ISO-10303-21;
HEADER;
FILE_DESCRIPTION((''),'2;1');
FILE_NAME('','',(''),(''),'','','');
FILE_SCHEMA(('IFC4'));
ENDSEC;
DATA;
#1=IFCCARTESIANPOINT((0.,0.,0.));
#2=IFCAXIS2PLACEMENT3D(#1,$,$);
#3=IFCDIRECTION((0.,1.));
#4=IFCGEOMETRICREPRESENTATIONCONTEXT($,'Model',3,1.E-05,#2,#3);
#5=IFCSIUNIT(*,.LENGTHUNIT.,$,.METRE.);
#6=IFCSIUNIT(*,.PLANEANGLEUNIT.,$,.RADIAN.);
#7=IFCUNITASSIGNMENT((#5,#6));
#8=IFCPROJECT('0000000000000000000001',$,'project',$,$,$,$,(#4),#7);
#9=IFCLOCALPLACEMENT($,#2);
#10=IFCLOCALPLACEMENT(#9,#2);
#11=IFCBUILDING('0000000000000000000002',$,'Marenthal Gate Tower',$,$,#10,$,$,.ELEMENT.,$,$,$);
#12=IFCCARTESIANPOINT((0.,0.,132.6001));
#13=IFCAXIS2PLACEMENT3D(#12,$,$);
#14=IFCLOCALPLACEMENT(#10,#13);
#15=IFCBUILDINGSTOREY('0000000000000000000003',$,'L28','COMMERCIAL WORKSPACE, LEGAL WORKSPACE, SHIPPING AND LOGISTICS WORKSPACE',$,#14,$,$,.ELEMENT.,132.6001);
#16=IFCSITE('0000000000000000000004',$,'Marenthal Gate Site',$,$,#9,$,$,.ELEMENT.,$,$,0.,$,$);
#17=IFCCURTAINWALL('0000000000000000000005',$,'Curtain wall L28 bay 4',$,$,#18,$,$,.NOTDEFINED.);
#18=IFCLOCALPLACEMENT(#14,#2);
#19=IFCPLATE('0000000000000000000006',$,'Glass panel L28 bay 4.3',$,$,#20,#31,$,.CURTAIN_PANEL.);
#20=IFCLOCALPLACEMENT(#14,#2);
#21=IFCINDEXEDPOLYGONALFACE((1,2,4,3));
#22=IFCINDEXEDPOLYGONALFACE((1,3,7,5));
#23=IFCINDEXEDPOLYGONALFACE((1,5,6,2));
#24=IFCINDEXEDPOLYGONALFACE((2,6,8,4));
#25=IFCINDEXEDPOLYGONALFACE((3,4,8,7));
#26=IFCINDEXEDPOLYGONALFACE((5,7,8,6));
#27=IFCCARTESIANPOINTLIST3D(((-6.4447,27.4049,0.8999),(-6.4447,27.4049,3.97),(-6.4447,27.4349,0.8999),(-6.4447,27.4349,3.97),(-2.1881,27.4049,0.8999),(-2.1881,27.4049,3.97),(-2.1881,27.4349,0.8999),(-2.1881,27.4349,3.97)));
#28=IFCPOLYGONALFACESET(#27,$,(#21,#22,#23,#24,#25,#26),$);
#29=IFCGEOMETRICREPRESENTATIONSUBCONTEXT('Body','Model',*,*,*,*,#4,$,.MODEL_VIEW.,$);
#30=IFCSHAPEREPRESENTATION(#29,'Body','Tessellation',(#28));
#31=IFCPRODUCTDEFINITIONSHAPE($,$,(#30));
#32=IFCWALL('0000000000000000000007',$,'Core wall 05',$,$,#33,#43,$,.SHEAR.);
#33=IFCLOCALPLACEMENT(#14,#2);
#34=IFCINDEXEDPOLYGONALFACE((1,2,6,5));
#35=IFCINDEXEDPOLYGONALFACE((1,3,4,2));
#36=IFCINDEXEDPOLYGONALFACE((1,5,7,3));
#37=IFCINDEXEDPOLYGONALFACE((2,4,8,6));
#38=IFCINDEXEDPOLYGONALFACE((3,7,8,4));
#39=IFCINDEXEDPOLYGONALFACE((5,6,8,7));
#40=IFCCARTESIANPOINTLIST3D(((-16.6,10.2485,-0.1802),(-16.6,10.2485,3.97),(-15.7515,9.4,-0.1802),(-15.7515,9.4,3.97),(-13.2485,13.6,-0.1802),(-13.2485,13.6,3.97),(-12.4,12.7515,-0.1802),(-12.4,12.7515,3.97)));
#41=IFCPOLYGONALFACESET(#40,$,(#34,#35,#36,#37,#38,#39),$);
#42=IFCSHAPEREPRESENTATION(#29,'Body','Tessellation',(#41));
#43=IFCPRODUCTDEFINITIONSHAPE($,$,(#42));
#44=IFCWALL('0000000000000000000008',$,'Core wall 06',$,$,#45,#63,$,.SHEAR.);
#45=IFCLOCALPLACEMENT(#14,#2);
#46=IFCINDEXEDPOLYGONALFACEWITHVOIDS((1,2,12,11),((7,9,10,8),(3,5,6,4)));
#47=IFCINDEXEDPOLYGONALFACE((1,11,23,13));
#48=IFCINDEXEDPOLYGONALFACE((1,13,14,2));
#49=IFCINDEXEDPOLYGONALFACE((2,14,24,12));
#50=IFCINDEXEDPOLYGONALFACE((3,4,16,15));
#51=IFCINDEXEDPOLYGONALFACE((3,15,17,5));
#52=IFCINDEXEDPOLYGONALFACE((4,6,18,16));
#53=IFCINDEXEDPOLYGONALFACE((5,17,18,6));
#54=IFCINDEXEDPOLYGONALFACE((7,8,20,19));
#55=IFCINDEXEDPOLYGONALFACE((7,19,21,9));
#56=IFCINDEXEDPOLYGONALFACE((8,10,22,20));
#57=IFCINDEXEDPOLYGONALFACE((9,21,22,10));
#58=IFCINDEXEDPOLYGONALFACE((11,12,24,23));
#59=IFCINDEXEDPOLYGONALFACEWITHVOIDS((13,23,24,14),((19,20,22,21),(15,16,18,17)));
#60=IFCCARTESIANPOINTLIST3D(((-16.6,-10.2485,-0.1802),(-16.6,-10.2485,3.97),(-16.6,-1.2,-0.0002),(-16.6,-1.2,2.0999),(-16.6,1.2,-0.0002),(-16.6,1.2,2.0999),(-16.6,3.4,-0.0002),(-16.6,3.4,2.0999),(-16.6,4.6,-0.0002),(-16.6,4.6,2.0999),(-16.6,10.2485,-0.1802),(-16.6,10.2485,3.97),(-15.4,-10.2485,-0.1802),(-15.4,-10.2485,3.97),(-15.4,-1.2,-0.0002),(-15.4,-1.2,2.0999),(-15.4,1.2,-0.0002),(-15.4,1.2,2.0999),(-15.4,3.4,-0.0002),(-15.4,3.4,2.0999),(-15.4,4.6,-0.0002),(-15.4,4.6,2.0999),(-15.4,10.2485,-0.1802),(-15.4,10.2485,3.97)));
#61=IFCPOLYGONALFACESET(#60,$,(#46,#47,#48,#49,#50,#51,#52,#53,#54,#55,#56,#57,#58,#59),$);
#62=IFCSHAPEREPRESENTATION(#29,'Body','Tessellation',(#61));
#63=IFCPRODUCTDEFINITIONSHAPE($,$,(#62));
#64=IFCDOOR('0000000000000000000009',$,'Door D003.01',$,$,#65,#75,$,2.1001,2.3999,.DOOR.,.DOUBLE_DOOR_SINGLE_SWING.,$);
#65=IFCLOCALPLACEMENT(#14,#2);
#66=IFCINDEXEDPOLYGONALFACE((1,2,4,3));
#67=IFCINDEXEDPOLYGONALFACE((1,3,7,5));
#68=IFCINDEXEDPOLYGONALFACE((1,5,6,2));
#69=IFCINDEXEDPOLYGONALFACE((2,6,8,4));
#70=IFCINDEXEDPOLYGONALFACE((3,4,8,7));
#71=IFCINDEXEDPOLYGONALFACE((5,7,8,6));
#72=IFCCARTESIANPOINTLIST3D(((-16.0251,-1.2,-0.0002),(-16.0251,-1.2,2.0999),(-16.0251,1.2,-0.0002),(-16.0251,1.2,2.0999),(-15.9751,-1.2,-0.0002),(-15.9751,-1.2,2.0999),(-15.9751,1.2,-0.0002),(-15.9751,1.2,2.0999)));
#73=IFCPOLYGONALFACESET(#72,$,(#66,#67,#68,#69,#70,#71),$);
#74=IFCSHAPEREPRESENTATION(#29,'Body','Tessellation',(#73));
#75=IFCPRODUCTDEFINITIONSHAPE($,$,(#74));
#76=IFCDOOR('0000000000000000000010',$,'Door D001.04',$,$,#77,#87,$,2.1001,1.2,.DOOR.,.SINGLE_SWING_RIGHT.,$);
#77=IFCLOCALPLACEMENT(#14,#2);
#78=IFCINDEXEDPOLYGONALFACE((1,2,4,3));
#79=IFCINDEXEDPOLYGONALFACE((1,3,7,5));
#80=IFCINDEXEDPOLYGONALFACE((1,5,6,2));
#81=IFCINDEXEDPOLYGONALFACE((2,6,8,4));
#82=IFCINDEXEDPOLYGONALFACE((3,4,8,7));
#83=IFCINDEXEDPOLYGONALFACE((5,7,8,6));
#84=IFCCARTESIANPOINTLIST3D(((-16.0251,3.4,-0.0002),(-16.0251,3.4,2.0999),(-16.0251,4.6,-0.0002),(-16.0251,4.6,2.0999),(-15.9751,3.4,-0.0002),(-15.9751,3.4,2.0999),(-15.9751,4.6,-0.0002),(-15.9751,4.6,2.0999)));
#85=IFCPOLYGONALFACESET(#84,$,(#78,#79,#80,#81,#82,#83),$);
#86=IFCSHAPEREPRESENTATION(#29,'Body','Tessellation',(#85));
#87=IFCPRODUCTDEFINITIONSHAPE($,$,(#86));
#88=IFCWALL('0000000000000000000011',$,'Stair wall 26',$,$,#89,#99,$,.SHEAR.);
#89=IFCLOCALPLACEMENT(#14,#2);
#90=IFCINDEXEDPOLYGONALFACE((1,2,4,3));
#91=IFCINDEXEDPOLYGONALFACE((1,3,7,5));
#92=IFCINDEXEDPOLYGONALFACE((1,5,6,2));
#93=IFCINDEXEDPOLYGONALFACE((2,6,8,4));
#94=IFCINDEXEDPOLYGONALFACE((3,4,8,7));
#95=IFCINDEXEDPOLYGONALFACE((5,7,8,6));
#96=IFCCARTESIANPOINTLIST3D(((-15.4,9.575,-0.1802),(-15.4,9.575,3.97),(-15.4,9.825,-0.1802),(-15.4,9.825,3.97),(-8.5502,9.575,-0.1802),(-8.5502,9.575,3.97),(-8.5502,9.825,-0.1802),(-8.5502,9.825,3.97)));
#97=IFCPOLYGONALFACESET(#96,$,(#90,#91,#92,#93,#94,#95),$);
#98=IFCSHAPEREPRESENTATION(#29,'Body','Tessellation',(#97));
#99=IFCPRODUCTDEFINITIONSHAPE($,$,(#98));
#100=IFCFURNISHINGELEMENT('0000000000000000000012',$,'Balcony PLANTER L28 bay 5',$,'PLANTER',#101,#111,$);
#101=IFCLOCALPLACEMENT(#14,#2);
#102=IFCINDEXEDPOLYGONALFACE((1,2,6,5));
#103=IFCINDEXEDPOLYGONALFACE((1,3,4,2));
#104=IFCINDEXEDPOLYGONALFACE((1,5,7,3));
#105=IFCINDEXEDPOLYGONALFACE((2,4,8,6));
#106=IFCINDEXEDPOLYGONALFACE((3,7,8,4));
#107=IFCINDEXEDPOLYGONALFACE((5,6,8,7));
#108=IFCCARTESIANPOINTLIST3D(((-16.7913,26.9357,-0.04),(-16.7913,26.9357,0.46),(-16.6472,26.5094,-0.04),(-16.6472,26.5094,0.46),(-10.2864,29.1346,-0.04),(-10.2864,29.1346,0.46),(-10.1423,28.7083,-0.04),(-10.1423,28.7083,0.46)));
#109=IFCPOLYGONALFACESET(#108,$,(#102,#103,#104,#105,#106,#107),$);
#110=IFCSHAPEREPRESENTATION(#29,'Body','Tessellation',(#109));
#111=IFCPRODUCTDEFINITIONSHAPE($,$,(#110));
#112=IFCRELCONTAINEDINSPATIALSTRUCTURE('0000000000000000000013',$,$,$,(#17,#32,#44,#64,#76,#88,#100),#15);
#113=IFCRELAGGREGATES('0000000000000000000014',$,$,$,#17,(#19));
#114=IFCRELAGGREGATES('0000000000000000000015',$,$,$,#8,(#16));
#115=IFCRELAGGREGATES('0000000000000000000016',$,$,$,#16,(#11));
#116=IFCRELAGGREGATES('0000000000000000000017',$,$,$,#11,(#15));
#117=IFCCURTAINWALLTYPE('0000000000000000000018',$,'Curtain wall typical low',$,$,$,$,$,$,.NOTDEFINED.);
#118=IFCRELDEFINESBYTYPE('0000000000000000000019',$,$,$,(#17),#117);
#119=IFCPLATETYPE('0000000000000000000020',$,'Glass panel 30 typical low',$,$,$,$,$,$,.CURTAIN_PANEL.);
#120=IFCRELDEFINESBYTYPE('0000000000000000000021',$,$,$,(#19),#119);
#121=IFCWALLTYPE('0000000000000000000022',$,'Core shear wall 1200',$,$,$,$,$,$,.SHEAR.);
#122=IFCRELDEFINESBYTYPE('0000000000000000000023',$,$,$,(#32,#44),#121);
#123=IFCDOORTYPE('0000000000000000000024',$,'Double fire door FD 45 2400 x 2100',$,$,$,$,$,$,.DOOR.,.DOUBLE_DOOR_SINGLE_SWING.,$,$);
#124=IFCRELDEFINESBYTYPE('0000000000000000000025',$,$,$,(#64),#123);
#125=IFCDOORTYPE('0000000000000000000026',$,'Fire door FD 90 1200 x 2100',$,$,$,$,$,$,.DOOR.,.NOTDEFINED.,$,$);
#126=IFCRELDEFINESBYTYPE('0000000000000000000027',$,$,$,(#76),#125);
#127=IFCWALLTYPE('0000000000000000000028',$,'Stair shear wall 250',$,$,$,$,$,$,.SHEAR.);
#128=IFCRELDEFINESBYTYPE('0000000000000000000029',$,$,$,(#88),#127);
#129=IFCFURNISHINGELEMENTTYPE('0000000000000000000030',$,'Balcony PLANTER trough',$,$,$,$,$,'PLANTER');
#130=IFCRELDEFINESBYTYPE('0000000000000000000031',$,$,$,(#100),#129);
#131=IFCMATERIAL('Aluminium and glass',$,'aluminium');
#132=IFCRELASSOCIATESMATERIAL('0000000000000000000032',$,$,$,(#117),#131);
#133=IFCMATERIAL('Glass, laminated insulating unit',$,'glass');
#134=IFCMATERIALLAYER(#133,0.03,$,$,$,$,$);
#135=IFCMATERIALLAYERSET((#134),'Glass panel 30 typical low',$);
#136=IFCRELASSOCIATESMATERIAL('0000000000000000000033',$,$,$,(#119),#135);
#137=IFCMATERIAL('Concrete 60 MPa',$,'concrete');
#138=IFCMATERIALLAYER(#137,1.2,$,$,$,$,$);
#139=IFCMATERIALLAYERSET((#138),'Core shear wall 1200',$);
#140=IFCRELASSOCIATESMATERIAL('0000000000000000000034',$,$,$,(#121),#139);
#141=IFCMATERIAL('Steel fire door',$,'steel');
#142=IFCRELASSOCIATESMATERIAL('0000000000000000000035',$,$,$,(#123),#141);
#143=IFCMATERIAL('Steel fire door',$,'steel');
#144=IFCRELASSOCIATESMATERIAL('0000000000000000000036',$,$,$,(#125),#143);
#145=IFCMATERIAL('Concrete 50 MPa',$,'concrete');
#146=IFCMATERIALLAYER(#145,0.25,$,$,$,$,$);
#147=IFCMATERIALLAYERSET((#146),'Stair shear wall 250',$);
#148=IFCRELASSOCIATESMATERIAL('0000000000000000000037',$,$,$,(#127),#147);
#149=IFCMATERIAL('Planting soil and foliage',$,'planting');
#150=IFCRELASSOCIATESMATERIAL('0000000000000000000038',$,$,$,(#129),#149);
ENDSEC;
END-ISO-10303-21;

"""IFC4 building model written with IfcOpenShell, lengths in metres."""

from ifc_helpers import new_model, si_unit, direction, frame, frame_2d, origin, origin_2d, place, context, subcontext, project, spatial, rectangle, extrude, material, layer, layer_set, type_object, element, fill, aggregate, save


model = new_model("IFC4")

# Units and contexts
model_context = context("Model", 3, precision=1e-05, world=origin(), true_north=direction((0.0, 1.0)))
body_context = subcontext(model_context, "Body", "Model", "MODEL_VIEW")
ifc_project = project(units=[si_unit("LENGTHUNIT", "METRE"), si_unit("PLANEANGLEUNIT", "RADIAN")], contexts=[model_context])

# Site, building, storey
site_placement = place(None, origin())
site = spatial("IfcSite", under=ifc_project, at=site_placement, Name="Marenthal Gate Site", CompositionType="ELEMENT", RefElevation=0.0)
building_placement = place(site_placement, origin())
building = spatial("IfcBuilding", under=site, at=building_placement, Name="Marenthal Gate Tower", CompositionType="ELEMENT")
storey_placement = place(building_placement, frame((0.0, 0.0, 132.6001)))
storey = spatial("IfcBuildingStorey", under=building, at=storey_placement, Name="L28", Description="COMMERCIAL WORKSPACE, LEGAL WORKSPACE, SHIPPING AND LOGISTICS WORKSPACE", CompositionType="ELEMENT", Elevation=132.6001)

# Curtain wall
ifc_material_1 = material(Name="Aluminium and glass", Category="aluminium")
curtain_wall_type = type_object("IfcCurtainWallType", Name="Curtain wall typical low", PredefinedType="NOTDEFINED", material=ifc_material_1)
curtain_wall_placement = place(storey_placement, origin())
curtain_wall = element("IfcCurtainWall", 1, at=curtain_wall_placement, inside=storey, type_object=curtain_wall_type, Name="Curtain wall L28 bay 4", PredefinedType="NOTDEFINED")

# Plate
ifc_material_2 = material(Name="Glass, laminated insulating unit", Category="glass")
ifc_layer_1 = layer(ifc_material_2, 0.03)
ifc_layer_set_1 = layer_set([ifc_layer_1], Name="Glass panel 30 typical low")
plate_type = type_object("IfcPlateType", Name="Glass panel 30 typical low", PredefinedType="CURTAIN_PANEL", material=ifc_layer_set_1)
plate_placement = place(storey_placement, frame((-4.3164, 27.4199, 0.8999), z_axis=(0.0, 0.0, 1.0), x_axis=(-1.0, 0.0, 0.0)))
plate = element("IfcPlate", 2, at=plate_placement, type_object=plate_type, Name="Glass panel L28 bay 4.3", PredefinedType="CURTAIN_PANEL", context=body_context, shape_type="SweptSolid", body=[
    extrude(rectangle(XDim=4.2566, YDim=0.03, at=origin_2d()), origin(), (0.0, 0.0, 1.0), 3.0701),
])
aggregate(curtain_wall, [plate])

# Wall
ifc_material_3 = material(Name="Concrete 60 MPa", Category="concrete")
ifc_layer_2 = layer(ifc_material_3, 1.2)
ifc_layer_set_2 = layer_set([ifc_layer_2], Name="Core shear wall 1200")
wall_type_1 = type_object("IfcWallType", Name="Core shear wall 1200", PredefinedType="SHEAR", material=ifc_layer_set_2)
wall_1_placement = place(storey_placement, frame((-12.8242, 13.1758, -0.1802), z_axis=(0.0, 0.0, 1.0), x_axis=(-0.707107, -0.707107, 0.0)))
element("IfcWall", 3, at=wall_1_placement, inside=storey, type_object=wall_type_1, Name="Core wall 05", PredefinedType="SHEAR", context=body_context, shape_type="SweptSolid", body=[
    extrude(rectangle(XDim=4.7397, YDim=1.2, at=frame_2d((2.3699, 0.0))), origin(), (0.0, 0.0, 1.0), 4.1501),
])

# Wall, openings, doors
wall_2_placement = place(storey_placement, frame((-16.0, 10.2485, -0.1802), z_axis=(0.0, 0.0, 1.0), x_axis=(0.0, -1.0, 0.0)))
wall_2 = element("IfcWall", 4, at=wall_2_placement, inside=storey, type_object=wall_type_1, Name="Core wall 06", PredefinedType="SHEAR", context=body_context, shape_type="SweptSolid", body=[
    extrude(rectangle(XDim=20.4971, YDim=1.2, at=frame_2d((10.2485, 0.0))), origin(), (0.0, 0.0, 1.0), 4.1501),
])
opening_1_placement = place(wall_2_placement, frame((9.0486, 0.0, 0.1799)))
opening_1 = element("IfcOpeningElement", 5, at=opening_1_placement, cuts=wall_2, PredefinedType="OPENING", context=body_context, shape_type="SweptSolid", body=[
    extrude(rectangle(XDim=2.3999, YDim=2.1001, at=frame_2d((1.2, 1.05))), frame((0.0, 0.6099, 0.0), z_axis=(0.0, -1.0, 0.0), x_axis=(1.0, 0.0, 0.0)), (0.0, 0.0, 1.0), 1.22),
])
opening_2_placement = place(wall_2_placement, frame((5.6484, 0.0, 0.1799)))
opening_2 = element("IfcOpeningElement", 6, at=opening_2_placement, cuts=wall_2, PredefinedType="OPENING", context=body_context, shape_type="SweptSolid", body=[
    extrude(rectangle(XDim=1.2, YDim=2.1001, at=frame_2d((0.6001, 1.05))), frame((0.0, 0.6099, 0.0), z_axis=(0.0, -1.0, 0.0), x_axis=(1.0, 0.0, 0.0)), (0.0, 0.0, 1.0), 1.22),
])
ifc_material_4 = material(Name="Steel fire door", Category="steel")
door_type_1 = type_object("IfcDoorType", Name="Double fire door FD 45 2400 x 2100", OperationType="DOUBLE_DOOR_SINGLE_SWING", PredefinedType="DOOR", material=ifc_material_4)
door_1_placement = place(opening_1_placement, origin())
door_1 = element("IfcDoor", 7, at=door_1_placement, inside=storey, type_object=door_type_1, Name="Door D003.01", OperationType="DOUBLE_DOOR_SINGLE_SWING", OverallHeight=2.1001, OverallWidth=2.3999, PredefinedType="DOOR", context=body_context, shape_type="SweptSolid", body=[
    extrude(rectangle(XDim=2.3999, YDim=2.1001, at=frame_2d((1.2, 1.05))), frame((0.0, 0.0249, 0.0), z_axis=(0.0, -1.0, 0.0), x_axis=(1.0, 0.0, 0.0)), (0.0, 0.0, 1.0), 0.05),
])
fill(opening_1, door_1)
ifc_material_5 = material(Name="Steel fire door", Category="steel")
door_type_2 = type_object("IfcDoorType", Name="Fire door FD 90 1200 x 2100", OperationType="NOTDEFINED", PredefinedType="DOOR", material=ifc_material_5)
door_2_placement = place(opening_2_placement, origin())
door_2 = element("IfcDoor", 8, at=door_2_placement, inside=storey, type_object=door_type_2, Name="Door D001.04", OperationType="SINGLE_SWING_RIGHT", OverallHeight=2.1001, OverallWidth=1.2, PredefinedType="DOOR", context=body_context, shape_type="SweptSolid", body=[
    extrude(rectangle(XDim=1.2, YDim=2.1001, at=frame_2d((0.6001, 1.05))), frame((0.0, 0.0249, 0.0), z_axis=(0.0, -1.0, 0.0), x_axis=(1.0, 0.0, 0.0)), (0.0, 0.0, 1.0), 0.05),
])
fill(opening_2, door_2)

# Wall
ifc_material_6 = material(Name="Concrete 50 MPa", Category="concrete")
ifc_layer_3 = layer(ifc_material_6, 0.25)
ifc_layer_set_3 = layer_set([ifc_layer_3], Name="Stair shear wall 250")
wall_type_2 = type_object("IfcWallType", Name="Stair shear wall 250", PredefinedType="SHEAR", material=ifc_layer_set_3)
wall_3_placement = place(storey_placement, frame((-15.3999, 9.7, -0.1802), z_axis=(0.0, 0.0, 1.0), x_axis=(1.0, 0.0, 0.0)))
element("IfcWall", 9, at=wall_3_placement, inside=storey, type_object=wall_type_2, Name="Stair wall 26", PredefinedType="SHEAR", context=body_context, shape_type="SweptSolid", body=[
    extrude(rectangle(XDim=6.8499, YDim=0.25, at=frame_2d((3.4248, 0.0))), origin(), (0.0, 0.0, 1.0), 4.1501),
])

# Furnishing element
ifc_material_7 = material(Name="Planting soil and foliage", Category="planting")
furnishing_element_type = type_object("IfcFurnishingElementType", Name="Balcony PLANTER trough", ElementType="PLANTER", material=ifc_material_7)
furnishing_placement = place(storey_placement, frame((-13.4668, 27.822, -0.04), z_axis=(0.0, 0.0, 1.0), x_axis=(-0.947338, -0.320236, 0.0)))
element("IfcFurnishingElement", 10, at=furnishing_placement, inside=storey, type_object=furnishing_element_type, Name="Balcony PLANTER L28 bay 5", ObjectType="PLANTER", context=body_context, shape_type="SweptSolid", body=[
    extrude(rectangle(XDim=6.8665, YDim=0.45, at=origin_2d()), origin(), (0.0, 0.0, 1.0), 0.5),
])

save(model, "model.ifc")
